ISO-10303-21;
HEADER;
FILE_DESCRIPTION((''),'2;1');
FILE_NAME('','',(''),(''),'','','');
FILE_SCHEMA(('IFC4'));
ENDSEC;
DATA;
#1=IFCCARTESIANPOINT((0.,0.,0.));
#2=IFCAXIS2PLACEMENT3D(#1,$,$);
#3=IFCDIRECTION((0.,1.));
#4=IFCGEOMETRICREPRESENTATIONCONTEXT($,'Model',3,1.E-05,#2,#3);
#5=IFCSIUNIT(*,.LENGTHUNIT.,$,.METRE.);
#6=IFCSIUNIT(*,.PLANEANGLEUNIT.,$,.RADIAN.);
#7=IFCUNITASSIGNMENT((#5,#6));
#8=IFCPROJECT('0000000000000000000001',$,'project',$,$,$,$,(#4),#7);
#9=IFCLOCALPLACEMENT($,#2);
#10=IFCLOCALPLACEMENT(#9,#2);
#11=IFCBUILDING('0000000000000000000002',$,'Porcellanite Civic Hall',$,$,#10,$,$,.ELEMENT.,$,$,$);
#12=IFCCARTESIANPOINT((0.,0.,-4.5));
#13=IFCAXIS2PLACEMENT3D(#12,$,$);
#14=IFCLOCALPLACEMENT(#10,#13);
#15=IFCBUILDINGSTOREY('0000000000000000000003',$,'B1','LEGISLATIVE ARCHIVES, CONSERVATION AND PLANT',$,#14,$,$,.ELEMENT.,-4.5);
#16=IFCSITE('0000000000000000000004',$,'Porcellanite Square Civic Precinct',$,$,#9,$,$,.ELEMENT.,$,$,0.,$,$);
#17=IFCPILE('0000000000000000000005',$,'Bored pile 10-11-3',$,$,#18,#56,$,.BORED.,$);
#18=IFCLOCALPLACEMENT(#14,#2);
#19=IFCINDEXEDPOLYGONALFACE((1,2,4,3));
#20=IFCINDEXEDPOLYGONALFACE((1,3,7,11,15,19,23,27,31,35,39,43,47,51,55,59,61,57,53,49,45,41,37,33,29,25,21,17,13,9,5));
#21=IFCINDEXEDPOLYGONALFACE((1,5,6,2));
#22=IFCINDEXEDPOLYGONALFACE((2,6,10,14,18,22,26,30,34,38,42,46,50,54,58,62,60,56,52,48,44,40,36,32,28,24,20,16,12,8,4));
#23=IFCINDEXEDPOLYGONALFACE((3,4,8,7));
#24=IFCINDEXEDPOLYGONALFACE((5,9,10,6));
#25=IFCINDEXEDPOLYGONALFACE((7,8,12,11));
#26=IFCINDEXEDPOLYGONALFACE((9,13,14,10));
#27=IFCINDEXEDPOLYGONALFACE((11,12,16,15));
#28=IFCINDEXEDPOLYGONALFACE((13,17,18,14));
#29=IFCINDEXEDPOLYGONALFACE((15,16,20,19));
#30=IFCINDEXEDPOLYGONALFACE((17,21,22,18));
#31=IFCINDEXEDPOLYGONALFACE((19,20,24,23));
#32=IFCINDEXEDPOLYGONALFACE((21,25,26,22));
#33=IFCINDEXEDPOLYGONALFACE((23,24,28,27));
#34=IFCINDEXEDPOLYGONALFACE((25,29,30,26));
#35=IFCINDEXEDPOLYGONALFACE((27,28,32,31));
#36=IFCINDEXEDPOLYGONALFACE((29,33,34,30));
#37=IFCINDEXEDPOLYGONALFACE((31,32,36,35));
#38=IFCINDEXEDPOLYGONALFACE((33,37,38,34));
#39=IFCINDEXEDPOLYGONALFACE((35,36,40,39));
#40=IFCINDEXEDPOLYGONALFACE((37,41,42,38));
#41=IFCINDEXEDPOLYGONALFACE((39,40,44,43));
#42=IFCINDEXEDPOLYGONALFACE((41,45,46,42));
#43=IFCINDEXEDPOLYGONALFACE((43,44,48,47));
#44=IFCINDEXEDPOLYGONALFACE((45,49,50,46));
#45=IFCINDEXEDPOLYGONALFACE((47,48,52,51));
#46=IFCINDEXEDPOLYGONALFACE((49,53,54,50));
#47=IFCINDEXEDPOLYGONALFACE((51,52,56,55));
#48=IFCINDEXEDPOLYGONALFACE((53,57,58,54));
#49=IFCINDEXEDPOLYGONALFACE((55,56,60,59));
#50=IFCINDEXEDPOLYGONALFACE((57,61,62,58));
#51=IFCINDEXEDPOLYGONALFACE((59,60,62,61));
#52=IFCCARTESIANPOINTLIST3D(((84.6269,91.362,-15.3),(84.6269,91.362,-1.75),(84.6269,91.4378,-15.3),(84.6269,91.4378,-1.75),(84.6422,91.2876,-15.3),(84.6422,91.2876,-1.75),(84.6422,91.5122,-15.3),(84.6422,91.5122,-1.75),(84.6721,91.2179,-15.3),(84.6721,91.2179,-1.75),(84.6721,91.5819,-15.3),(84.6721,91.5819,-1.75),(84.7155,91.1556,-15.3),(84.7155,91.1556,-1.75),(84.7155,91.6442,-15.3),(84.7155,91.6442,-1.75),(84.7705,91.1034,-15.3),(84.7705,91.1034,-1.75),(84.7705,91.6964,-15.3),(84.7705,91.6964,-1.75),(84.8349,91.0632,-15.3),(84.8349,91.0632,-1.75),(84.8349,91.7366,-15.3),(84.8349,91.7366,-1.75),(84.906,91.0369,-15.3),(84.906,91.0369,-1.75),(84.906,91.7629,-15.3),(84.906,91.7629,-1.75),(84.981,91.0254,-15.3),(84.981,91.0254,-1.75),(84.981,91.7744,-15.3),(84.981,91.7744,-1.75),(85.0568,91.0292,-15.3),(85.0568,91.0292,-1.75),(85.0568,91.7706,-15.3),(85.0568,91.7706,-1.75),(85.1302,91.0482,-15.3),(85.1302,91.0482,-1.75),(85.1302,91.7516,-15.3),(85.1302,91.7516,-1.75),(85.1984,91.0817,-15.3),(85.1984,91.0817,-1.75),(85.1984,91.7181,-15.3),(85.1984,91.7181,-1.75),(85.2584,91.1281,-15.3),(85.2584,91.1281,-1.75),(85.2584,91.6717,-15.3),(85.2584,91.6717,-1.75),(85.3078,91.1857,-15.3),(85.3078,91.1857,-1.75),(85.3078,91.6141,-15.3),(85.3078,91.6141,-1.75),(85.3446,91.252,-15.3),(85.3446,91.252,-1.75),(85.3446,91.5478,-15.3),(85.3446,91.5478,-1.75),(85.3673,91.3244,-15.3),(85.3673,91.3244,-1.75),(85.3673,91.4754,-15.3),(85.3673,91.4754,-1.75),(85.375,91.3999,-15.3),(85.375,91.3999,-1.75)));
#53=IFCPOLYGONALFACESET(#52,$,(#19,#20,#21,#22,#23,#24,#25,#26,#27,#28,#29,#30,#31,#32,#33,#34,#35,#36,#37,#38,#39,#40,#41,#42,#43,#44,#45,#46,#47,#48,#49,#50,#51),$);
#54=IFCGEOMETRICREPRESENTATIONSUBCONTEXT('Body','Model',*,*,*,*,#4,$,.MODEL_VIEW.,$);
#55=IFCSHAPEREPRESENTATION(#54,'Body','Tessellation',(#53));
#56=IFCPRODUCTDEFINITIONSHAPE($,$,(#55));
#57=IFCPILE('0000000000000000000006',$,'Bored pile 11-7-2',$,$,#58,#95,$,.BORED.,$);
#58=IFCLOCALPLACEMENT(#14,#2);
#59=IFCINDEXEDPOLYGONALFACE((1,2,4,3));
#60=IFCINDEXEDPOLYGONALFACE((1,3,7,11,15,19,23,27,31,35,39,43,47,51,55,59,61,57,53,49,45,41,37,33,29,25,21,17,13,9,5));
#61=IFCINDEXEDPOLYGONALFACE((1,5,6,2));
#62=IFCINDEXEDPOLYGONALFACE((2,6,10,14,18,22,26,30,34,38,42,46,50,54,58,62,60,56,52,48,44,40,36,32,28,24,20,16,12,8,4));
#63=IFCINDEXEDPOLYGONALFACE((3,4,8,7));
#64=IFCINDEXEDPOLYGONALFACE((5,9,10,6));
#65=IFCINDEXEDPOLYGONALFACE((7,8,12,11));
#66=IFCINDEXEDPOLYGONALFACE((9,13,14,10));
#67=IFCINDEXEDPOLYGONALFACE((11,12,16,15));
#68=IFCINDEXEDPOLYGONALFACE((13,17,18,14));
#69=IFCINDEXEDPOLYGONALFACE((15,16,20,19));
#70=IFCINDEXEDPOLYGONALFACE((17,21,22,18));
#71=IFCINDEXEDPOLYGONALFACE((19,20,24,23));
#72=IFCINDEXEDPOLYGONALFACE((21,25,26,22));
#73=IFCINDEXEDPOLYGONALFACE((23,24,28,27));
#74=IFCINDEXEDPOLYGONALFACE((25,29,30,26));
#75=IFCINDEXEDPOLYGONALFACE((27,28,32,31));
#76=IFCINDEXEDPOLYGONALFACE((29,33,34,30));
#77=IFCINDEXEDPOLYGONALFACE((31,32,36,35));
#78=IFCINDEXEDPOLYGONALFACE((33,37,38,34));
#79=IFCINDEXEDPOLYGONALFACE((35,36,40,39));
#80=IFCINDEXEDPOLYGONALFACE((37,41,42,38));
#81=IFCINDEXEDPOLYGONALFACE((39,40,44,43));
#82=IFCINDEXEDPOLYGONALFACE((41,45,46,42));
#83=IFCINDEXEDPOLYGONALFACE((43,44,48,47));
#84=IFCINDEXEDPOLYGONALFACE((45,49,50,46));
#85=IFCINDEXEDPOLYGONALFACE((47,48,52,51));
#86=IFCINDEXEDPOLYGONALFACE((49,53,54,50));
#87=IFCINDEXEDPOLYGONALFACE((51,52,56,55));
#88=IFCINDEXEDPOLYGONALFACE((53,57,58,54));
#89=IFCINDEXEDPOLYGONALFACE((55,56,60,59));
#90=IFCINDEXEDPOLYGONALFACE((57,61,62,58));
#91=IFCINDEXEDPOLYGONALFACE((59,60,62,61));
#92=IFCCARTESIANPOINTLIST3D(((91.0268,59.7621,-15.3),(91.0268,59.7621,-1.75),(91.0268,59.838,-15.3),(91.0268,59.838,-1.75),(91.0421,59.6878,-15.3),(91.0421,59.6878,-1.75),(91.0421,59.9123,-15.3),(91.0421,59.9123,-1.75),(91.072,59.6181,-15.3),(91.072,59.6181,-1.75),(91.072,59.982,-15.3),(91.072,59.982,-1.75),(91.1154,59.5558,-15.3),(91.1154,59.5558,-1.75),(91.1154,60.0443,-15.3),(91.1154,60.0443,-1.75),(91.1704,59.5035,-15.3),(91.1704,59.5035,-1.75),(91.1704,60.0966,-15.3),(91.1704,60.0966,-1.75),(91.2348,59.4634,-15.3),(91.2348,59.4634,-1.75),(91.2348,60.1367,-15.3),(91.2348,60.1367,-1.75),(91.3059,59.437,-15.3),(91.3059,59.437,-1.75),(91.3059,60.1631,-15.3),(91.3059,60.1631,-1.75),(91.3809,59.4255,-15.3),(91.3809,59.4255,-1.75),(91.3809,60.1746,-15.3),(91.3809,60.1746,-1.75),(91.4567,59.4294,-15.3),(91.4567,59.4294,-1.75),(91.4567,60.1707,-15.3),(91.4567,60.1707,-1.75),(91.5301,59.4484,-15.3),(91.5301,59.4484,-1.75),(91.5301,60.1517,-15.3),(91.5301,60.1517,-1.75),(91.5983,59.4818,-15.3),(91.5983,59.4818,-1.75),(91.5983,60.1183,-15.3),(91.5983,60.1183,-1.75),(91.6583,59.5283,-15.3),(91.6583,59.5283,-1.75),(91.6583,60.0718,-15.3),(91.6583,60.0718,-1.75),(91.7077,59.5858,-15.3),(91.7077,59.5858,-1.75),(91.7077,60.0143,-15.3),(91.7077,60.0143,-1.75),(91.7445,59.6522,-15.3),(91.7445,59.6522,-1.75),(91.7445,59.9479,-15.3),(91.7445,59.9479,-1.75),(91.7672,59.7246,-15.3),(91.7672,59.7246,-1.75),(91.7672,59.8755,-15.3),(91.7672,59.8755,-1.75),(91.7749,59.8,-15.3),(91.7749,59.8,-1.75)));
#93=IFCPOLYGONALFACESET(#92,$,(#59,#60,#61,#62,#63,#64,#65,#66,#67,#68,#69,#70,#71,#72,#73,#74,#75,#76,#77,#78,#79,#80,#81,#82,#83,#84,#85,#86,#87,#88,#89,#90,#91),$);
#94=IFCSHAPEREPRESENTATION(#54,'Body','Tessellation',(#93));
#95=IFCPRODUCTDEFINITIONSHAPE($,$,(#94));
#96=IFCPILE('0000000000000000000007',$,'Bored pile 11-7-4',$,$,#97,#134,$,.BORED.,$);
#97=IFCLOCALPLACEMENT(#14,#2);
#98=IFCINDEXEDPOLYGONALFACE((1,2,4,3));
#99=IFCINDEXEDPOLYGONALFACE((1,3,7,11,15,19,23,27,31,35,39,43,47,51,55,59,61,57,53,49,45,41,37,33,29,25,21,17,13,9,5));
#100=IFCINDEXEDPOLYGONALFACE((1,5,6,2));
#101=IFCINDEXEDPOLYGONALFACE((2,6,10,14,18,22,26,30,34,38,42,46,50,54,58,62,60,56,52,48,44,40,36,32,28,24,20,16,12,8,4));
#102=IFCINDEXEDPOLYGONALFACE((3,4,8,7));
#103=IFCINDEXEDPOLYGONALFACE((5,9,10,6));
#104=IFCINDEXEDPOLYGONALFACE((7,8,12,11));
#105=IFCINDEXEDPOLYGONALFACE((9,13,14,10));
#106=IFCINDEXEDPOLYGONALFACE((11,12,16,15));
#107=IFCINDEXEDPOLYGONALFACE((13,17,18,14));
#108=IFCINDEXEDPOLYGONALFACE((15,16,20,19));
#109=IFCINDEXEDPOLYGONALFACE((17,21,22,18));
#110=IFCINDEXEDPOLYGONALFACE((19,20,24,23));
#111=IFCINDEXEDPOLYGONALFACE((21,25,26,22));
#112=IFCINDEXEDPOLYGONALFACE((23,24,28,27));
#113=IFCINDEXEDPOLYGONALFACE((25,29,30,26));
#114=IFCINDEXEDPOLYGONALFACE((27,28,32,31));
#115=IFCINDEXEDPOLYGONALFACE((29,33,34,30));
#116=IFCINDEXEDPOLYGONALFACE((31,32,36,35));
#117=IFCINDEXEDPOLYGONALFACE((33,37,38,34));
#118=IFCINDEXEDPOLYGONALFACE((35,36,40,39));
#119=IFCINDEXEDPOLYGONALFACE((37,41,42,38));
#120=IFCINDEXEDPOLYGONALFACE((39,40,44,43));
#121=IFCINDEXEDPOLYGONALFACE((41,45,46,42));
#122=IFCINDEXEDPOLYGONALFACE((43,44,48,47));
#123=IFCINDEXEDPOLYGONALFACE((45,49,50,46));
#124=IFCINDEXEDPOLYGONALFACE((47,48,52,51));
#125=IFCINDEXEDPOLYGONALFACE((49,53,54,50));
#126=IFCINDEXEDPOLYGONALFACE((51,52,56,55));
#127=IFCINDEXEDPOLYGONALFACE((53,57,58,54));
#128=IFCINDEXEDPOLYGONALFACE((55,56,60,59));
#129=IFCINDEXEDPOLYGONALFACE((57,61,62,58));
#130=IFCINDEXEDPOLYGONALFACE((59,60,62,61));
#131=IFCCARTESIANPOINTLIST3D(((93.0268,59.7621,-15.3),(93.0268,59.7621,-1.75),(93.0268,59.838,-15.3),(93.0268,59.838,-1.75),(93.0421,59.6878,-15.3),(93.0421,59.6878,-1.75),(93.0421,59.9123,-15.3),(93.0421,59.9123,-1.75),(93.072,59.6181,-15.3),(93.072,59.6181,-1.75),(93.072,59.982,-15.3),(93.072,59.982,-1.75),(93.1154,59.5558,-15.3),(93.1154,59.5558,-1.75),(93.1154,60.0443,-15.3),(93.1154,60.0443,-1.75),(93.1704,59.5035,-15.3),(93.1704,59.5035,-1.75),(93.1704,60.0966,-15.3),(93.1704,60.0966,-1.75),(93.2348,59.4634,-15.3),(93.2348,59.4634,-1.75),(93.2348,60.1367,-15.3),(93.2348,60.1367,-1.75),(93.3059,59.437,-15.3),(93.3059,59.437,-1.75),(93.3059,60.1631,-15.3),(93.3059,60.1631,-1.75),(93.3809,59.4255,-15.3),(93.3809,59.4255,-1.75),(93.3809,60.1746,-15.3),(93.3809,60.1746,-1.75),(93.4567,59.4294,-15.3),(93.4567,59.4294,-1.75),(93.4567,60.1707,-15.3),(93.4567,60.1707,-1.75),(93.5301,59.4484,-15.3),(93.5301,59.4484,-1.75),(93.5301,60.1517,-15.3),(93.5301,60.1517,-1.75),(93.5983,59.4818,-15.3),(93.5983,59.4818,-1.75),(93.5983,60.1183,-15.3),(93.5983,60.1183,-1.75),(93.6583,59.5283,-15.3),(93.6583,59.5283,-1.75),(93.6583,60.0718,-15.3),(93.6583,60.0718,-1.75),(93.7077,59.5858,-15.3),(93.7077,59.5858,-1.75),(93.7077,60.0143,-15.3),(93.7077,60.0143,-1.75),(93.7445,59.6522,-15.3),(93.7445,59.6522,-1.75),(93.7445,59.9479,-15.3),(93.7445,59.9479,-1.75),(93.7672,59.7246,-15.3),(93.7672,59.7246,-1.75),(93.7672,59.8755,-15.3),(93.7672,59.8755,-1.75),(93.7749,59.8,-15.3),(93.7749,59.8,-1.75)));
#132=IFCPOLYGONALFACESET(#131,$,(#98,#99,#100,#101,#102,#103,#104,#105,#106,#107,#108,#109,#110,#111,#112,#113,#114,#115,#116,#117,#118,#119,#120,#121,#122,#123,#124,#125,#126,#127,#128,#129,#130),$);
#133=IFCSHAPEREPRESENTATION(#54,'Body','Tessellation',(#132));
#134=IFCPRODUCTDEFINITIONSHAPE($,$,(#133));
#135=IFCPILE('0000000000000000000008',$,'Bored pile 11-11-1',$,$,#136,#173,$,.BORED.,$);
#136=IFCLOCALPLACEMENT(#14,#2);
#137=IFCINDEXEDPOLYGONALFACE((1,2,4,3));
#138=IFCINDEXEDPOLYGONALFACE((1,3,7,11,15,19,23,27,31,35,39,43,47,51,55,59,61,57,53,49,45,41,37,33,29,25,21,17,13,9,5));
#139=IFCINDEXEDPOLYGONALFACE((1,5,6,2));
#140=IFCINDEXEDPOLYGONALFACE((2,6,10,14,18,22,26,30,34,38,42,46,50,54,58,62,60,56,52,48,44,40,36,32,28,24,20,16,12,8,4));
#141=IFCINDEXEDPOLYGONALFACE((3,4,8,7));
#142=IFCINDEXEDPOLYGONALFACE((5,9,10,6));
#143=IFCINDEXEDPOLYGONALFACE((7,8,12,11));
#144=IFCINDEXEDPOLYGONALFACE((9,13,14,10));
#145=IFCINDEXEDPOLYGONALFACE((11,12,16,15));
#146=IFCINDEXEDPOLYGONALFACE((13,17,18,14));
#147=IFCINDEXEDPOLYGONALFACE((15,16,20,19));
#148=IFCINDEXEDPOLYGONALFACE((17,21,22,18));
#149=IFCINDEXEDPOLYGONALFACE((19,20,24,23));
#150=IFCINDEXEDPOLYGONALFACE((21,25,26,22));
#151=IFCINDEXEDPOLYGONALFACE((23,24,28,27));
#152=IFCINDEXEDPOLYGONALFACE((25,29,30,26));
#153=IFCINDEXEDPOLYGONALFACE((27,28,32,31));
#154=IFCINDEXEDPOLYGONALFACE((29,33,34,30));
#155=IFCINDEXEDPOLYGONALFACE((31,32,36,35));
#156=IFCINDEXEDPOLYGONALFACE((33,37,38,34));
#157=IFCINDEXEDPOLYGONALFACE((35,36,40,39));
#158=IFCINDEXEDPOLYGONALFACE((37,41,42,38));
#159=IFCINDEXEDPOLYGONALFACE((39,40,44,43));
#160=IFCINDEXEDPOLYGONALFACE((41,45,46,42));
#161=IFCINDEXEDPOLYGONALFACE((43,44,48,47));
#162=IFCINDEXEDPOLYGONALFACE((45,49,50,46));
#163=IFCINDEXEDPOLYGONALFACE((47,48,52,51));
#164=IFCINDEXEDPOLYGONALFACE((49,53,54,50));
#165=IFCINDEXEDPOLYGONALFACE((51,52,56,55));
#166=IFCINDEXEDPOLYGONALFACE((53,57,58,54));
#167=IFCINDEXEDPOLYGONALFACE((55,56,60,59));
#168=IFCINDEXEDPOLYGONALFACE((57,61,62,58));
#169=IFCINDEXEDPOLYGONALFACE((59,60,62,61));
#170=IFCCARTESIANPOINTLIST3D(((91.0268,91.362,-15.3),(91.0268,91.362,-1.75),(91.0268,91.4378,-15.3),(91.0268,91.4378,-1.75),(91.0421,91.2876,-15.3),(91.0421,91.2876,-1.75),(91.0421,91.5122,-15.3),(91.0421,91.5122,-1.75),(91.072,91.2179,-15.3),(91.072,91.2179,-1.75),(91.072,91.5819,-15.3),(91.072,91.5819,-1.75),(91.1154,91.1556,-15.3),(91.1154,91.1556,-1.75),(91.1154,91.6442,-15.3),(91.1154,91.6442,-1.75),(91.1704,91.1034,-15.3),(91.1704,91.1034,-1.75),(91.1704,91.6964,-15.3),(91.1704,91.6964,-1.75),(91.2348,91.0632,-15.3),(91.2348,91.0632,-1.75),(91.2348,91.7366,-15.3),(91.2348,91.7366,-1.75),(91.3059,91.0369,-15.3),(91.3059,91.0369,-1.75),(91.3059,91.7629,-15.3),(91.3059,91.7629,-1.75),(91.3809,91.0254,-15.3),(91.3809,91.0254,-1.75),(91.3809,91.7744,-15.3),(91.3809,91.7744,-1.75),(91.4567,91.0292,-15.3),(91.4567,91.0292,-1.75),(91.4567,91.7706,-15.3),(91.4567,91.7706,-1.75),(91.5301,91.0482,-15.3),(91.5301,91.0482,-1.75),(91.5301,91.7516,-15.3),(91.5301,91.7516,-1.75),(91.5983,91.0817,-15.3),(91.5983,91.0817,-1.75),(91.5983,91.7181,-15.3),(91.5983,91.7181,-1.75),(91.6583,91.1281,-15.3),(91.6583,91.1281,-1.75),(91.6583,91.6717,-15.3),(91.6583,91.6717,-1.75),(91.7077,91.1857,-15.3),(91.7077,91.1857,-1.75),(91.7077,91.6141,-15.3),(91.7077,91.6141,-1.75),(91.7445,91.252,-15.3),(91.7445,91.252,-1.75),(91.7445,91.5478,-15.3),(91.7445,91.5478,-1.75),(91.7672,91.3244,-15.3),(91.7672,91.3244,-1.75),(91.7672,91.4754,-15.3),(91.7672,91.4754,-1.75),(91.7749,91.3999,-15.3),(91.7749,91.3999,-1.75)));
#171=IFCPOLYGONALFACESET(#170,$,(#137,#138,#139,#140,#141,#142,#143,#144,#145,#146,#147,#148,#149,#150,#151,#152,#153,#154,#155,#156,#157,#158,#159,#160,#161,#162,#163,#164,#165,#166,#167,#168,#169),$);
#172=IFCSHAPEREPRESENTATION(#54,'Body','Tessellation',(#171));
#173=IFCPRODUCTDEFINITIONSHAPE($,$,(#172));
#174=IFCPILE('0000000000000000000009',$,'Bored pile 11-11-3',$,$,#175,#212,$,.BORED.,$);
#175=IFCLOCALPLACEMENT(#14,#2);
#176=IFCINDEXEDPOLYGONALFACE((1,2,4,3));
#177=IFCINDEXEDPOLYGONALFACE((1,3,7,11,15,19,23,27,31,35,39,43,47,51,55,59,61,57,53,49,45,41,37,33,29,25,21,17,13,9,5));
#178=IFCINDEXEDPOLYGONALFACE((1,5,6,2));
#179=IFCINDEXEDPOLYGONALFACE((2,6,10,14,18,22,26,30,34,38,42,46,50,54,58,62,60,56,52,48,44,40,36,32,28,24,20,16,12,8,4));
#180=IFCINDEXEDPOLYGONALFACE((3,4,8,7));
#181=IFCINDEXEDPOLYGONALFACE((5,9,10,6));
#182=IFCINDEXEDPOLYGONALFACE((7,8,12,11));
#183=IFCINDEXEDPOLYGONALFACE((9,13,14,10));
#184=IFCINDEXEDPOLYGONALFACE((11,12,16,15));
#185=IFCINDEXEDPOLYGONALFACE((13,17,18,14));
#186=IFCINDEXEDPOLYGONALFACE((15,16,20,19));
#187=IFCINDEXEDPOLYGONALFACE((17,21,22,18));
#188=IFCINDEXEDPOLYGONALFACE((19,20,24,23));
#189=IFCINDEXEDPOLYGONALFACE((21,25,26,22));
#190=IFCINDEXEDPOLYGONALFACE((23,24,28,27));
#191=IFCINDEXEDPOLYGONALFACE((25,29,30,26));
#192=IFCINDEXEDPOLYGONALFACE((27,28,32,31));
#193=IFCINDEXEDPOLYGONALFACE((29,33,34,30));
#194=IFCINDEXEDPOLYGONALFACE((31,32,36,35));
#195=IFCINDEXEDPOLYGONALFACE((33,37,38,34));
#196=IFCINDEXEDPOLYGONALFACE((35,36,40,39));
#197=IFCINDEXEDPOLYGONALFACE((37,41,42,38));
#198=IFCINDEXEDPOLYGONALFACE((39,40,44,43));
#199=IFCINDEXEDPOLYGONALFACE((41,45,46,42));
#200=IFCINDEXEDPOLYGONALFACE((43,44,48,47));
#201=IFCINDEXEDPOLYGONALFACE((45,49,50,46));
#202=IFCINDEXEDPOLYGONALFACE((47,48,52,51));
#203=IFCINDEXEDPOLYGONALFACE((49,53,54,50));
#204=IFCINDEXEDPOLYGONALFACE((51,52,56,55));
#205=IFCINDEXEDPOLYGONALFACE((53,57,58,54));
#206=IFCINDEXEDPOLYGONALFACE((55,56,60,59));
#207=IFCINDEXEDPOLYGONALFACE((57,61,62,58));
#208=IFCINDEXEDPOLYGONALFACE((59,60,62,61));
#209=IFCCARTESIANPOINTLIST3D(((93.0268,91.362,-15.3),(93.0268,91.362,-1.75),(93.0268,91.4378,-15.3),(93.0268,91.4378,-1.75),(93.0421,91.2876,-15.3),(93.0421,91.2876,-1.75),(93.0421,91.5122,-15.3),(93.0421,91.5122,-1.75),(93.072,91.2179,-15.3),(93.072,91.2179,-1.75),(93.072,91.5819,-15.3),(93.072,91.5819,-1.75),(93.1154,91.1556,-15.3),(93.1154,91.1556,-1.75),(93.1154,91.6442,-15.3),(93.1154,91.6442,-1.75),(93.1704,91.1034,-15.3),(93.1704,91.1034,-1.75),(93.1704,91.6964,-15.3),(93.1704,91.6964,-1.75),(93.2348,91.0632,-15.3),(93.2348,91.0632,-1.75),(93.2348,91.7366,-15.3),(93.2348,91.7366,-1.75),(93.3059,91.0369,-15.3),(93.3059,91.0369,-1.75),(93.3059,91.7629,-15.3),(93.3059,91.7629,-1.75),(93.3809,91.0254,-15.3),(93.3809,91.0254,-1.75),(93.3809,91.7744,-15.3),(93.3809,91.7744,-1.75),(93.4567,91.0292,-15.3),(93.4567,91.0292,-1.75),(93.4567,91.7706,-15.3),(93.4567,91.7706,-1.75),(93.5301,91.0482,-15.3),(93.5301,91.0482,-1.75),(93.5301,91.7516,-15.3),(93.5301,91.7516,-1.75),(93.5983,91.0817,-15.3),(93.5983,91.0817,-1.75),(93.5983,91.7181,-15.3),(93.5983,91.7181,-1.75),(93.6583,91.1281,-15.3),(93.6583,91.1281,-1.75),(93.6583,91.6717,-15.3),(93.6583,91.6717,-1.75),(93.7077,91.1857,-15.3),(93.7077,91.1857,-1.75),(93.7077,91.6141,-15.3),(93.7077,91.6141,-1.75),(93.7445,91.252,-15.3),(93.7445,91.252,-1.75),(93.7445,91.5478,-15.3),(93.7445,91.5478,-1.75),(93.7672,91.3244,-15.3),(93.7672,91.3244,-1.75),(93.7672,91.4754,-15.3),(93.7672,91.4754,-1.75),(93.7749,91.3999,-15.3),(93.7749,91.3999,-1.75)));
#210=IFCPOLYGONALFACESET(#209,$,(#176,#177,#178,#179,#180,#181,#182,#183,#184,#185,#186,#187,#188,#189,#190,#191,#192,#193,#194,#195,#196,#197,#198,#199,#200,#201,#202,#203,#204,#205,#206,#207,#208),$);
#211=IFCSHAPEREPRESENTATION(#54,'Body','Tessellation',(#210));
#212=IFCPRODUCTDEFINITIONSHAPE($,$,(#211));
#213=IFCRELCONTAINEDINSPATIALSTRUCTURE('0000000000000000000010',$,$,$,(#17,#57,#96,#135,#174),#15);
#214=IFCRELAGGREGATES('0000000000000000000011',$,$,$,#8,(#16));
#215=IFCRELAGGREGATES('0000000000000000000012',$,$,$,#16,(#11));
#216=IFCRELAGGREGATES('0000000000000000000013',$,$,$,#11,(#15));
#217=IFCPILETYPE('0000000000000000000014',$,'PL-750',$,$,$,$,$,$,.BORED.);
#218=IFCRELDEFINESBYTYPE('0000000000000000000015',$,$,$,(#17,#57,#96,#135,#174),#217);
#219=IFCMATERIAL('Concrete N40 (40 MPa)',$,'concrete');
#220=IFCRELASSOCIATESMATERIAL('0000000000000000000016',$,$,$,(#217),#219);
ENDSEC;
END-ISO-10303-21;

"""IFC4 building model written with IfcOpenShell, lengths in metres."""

from ifc_helpers import new_model, si_unit, direction, frame, origin, origin_2d, place, context, subcontext, project, spatial, circle, extrude, material, material_profile, profile_set, type_object, element, save


model = new_model("IFC4")

# Units and contexts
model_context = context("Model", 3, precision=1e-05, world=origin(), true_north=direction((0.0, 1.0)))
body_context = subcontext(model_context, "Body", "Model", "MODEL_VIEW")
ifc_project = project(units=[si_unit("LENGTHUNIT", "METRE"), si_unit("PLANEANGLEUNIT", "RADIAN")], contexts=[model_context])

# Site, building, storey
site_placement = place(None, origin())
site = spatial("IfcSite", under=ifc_project, at=site_placement, Name="Porcellanite Square Civic Precinct", CompositionType="ELEMENT", RefElevation=0.0)
building_placement = place(site_placement, origin())
building = spatial("IfcBuilding", under=site, at=building_placement, Name="Porcellanite Civic Hall", CompositionType="ELEMENT")
storey_placement = place(building_placement, frame((0.0, 0.0, -4.5)))
storey = spatial("IfcBuildingStorey", under=building, at=storey_placement, Name="B1", Description="LEGISLATIVE ARCHIVES, CONSERVATION AND PLANT", CompositionType="ELEMENT", Elevation=-4.5)

# Piles
ifc_material_1 = material(Name="Concrete N40 (40 MPa)", Category="concrete")
ifc_material_profile_1 = material_profile(ifc_material_1, circle(Radius=0.375, at=origin_2d()), Name="PILE-D750")
ifc_profile_set_1 = profile_set([ifc_material_profile_1], Name="Concrete N40 (40 MPa)")
pile_type_1 = type_object("IfcPileType", Name="PL-750", PredefinedType="BORED", material=ifc_profile_set_1)
for number, where, z_axis, x_axis, name in (
    (1, (85.0, 91.3999, -1.75), (0.0, 0.0, -1.0), (1.0, 0.0, 0.0), "Bored pile 10-11-3"),
    (2, (91.3999, 59.8, -1.75), (0.0, 0.0, -1.0), (1.0, 0.0, 0.0), "Bored pile 11-7-2"),
    (3, (93.3999, 59.8, -1.75), (0.0, 0.0, -1.0), (1.0, 0.0, 0.0), "Bored pile 11-7-4"),
    (4, (91.3999, 91.3999, -1.75), (0.0, 0.0, -1.0), (1.0, 0.0, 0.0), "Bored pile 11-11-1"),
    (5, (93.3999, 91.3999, -1.75), (0.0, 0.0, -1.0), (1.0, 0.0, 0.0), "Bored pile 11-11-3"),
):
    element("IfcPile", number, at=place(storey_placement, frame(where, z_axis=z_axis, x_axis=x_axis)), inside=storey, type_object=pile_type_1, Name=name, PredefinedType="BORED", context=body_context, shape_type="SweptSolid", body=[
        extrude(circle(Radius=0.375, at=origin_2d()), origin(), (0.0, 0.0, 1.0), 13.55),
    ])

save(model, "model.ifc")
